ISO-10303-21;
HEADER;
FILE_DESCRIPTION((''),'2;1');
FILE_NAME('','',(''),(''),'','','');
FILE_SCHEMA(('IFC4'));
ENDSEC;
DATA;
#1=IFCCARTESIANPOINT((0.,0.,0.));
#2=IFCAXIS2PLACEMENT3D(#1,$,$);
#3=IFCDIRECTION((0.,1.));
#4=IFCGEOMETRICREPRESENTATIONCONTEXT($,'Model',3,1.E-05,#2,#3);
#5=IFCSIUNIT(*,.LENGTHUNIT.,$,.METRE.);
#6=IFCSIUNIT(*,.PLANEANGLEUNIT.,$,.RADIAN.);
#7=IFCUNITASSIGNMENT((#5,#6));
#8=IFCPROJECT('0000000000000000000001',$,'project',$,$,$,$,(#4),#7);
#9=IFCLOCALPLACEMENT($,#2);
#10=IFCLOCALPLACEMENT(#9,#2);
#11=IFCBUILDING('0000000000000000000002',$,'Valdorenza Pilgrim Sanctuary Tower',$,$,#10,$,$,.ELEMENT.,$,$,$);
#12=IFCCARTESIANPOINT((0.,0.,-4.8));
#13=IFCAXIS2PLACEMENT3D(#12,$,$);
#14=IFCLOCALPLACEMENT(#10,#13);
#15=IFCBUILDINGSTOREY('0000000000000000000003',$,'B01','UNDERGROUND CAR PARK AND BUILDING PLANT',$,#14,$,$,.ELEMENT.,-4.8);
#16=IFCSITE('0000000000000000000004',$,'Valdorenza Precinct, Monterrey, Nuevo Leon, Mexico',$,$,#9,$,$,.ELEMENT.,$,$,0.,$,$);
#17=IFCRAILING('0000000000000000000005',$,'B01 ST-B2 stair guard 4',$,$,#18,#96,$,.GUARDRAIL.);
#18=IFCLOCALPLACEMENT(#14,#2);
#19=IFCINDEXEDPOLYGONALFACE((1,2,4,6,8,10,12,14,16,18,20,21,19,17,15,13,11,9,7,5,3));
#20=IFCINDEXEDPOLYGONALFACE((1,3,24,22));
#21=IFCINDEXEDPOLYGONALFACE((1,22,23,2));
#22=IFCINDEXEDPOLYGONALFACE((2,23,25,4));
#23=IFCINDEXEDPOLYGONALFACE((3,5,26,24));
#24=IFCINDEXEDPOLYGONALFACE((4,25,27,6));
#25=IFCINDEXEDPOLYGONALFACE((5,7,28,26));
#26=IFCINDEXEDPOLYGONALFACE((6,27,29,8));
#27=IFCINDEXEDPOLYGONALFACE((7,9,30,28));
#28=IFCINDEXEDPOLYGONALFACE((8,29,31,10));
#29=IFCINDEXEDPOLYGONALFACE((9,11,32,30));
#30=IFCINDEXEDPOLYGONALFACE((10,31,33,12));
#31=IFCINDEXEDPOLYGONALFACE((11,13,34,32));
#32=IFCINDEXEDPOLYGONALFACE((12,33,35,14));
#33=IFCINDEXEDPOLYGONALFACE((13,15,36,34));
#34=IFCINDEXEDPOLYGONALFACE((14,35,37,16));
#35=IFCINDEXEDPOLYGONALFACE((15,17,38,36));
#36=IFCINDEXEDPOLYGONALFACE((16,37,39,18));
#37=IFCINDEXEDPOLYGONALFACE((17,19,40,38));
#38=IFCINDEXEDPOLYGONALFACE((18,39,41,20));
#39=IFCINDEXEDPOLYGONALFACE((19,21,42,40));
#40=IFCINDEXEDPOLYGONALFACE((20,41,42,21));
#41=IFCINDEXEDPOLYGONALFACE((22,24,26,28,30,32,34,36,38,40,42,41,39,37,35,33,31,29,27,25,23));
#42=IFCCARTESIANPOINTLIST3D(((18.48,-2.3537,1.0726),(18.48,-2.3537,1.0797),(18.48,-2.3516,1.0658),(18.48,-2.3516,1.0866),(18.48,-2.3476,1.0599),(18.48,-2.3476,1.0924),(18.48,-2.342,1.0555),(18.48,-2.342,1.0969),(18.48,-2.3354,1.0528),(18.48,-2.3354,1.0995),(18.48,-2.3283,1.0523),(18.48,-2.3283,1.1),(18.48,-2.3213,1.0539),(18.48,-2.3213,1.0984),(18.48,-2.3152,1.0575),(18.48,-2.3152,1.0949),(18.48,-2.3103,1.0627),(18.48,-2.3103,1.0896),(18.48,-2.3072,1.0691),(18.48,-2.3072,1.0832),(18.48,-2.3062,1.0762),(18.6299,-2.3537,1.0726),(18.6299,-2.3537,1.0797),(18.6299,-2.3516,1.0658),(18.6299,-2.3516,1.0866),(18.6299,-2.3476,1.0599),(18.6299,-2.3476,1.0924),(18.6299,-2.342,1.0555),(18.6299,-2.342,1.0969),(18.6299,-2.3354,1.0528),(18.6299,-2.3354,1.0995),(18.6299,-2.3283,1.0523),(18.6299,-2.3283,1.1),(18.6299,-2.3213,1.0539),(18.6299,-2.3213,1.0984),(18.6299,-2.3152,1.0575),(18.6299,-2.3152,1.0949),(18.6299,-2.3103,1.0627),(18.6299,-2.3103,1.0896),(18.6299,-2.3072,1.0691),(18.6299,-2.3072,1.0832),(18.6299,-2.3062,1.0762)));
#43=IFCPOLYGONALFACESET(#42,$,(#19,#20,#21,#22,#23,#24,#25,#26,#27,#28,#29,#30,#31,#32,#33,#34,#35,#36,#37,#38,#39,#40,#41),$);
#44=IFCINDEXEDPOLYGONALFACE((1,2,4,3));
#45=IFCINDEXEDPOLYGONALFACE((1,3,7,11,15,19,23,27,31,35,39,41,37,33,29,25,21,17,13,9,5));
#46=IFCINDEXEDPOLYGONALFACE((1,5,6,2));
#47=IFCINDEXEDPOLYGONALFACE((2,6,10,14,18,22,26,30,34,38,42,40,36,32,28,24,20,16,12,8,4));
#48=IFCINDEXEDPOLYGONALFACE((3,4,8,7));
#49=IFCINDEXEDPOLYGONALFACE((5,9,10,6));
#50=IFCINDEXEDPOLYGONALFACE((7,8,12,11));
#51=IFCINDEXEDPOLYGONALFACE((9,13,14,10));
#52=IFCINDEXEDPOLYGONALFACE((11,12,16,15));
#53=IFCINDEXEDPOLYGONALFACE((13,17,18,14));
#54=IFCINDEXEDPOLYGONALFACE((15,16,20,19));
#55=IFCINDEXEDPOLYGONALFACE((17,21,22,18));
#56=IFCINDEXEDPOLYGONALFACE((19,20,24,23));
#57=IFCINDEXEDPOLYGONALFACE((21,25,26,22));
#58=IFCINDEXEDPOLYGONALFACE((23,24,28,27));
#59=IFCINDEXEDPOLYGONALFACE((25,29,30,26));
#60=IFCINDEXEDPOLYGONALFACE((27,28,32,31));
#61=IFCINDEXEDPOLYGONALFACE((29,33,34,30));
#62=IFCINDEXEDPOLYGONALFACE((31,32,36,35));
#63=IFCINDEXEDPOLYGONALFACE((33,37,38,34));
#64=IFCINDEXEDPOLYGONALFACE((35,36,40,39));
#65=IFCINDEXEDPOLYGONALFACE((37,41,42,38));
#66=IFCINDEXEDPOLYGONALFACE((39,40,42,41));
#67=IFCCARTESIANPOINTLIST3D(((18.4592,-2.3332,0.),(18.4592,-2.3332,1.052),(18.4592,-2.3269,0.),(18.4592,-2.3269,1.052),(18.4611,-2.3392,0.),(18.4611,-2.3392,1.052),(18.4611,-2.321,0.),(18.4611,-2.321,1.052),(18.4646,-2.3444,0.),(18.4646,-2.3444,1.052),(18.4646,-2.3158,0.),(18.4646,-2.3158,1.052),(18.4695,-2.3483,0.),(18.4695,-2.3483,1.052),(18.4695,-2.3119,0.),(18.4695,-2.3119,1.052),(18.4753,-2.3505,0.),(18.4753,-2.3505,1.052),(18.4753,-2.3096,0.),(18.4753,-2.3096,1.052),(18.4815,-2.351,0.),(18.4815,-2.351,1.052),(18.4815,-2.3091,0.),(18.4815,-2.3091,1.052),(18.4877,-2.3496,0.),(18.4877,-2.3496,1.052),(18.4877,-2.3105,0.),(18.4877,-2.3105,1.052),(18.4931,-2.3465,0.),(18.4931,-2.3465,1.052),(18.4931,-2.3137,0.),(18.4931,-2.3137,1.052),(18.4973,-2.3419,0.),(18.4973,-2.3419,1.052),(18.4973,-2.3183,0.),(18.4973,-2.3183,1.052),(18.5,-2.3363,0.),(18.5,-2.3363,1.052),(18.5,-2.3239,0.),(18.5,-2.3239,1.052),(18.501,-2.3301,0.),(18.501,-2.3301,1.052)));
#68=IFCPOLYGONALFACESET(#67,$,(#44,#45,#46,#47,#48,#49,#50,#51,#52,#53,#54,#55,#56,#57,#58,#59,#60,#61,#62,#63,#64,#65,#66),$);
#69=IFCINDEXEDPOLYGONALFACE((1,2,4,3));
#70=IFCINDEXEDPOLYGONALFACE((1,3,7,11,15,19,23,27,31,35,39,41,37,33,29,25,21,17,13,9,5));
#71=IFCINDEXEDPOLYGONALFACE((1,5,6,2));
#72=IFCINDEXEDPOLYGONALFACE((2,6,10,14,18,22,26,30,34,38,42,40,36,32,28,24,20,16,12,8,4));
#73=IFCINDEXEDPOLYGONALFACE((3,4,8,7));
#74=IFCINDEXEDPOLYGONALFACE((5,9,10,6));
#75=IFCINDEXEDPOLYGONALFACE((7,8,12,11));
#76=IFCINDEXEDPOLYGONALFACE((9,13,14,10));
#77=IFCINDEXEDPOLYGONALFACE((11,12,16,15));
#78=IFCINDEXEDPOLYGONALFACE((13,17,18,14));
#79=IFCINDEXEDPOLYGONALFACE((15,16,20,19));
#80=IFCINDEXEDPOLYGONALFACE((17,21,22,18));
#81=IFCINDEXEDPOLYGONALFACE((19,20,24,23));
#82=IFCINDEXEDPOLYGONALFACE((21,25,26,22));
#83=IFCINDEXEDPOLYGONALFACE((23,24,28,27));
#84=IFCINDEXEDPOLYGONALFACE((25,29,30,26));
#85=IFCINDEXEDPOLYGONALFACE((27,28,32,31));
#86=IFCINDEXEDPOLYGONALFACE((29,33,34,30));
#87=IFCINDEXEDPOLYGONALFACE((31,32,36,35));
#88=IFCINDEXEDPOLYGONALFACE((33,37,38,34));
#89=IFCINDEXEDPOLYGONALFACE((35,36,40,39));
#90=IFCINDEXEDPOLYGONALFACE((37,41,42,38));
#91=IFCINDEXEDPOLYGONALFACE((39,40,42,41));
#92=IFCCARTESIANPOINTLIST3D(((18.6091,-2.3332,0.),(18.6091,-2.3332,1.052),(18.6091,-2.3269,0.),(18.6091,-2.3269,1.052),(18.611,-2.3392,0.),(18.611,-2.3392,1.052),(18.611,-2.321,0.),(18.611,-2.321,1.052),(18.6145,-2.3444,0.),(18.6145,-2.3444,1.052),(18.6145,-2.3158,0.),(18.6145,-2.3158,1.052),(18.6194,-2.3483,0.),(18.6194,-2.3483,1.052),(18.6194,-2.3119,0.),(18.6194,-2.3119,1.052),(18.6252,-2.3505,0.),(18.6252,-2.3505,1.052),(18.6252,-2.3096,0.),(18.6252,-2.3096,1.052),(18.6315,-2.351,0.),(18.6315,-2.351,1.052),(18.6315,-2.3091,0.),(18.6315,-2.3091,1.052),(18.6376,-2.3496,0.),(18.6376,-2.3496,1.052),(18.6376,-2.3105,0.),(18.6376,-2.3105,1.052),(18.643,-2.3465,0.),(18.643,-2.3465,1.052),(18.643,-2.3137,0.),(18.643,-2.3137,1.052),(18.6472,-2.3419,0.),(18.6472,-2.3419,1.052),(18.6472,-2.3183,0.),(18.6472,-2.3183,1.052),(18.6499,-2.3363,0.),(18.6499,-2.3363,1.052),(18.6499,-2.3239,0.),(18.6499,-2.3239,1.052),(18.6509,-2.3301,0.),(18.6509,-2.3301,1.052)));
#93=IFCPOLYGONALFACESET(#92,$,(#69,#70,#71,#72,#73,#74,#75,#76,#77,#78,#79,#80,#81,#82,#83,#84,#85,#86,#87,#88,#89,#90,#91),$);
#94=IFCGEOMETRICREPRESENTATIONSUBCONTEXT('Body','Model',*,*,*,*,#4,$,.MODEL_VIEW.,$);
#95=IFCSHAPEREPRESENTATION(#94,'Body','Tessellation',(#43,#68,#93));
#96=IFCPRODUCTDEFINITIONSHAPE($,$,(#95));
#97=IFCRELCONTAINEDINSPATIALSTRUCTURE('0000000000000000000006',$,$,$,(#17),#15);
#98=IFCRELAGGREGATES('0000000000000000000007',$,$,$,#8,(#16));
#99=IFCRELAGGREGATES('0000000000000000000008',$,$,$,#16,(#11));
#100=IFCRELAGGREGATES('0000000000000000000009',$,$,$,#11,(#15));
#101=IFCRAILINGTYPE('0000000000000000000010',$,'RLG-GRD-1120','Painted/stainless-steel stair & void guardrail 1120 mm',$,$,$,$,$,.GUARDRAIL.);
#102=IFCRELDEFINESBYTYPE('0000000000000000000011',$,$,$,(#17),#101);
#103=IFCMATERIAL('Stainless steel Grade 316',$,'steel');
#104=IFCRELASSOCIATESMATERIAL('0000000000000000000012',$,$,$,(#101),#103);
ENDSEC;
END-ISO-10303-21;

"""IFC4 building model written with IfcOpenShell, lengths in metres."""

from ifc_helpers import new_model, si_unit, direction, frame, origin, origin_2d, place, context, subcontext, project, spatial, circle, extrude, material, type_object, element, save


model = new_model("IFC4")

# Units and contexts
model_context = context("Model", 3, precision=1e-05, world=origin(), true_north=direction((0.0, 1.0)))
body_context = subcontext(model_context, "Body", "Model", "MODEL_VIEW")
ifc_project = project(units=[si_unit("LENGTHUNIT", "METRE"), si_unit("PLANEANGLEUNIT", "RADIAN")], contexts=[model_context])

# Site, building, storey
site_placement = place(None, origin())
site = spatial("IfcSite", under=ifc_project, at=site_placement, Name="Valdorenza Precinct, Monterrey, Nuevo Leon, Mexico", CompositionType="ELEMENT", RefElevation=0.0)
building_placement = place(site_placement, origin())
building = spatial("IfcBuilding", under=site, at=building_placement, Name="Valdorenza Pilgrim Sanctuary Tower", CompositionType="ELEMENT")
storey_placement = place(building_placement, frame((0.0, 0.0, -4.8)))
storey = spatial("IfcBuildingStorey", under=building, at=storey_placement, Name="B01", Description="UNDERGROUND CAR PARK AND BUILDING PLANT", CompositionType="ELEMENT", Elevation=-4.8)

# Railing
ifc_material_1 = material(Name="Stainless steel Grade 316", Category="steel")
railing_type_1 = type_object("IfcRailingType", Name="RLG-GRD-1120", Description="Painted/stainless-steel stair & void guardrail 1120 mm", PredefinedType="GUARDRAIL", material=ifc_material_1)
railing_1_placement = place(storey_placement, frame((18.48, -2.3301, 0.0)))
element("IfcRailing", 1, at=railing_1_placement, inside=storey, type_object=railing_type_1, Name="B01 ST-B2 stair guard 4", PredefinedType="GUARDRAIL", context=body_context, shape_type="SweptSolid", body=[
    extrude(circle(Radius=0.0239, at=origin_2d()), frame((0.0, 0.0, 1.0762), z_axis=(1.0, 0.0, 0.0), x_axis=(0.0, 1.0, 0.0)), (0.0, 0.0, 1.0), 0.1499),
    extrude(circle(Radius=0.021, at=origin_2d()), origin(), (0.0, 0.0, 1.0), 1.052),
    extrude(circle(Radius=0.021, at=origin_2d()), frame((0.1499, 0.0, 0.0)), (0.0, 0.0, 1.0), 1.052),
])

save(model, "model.ifc")
